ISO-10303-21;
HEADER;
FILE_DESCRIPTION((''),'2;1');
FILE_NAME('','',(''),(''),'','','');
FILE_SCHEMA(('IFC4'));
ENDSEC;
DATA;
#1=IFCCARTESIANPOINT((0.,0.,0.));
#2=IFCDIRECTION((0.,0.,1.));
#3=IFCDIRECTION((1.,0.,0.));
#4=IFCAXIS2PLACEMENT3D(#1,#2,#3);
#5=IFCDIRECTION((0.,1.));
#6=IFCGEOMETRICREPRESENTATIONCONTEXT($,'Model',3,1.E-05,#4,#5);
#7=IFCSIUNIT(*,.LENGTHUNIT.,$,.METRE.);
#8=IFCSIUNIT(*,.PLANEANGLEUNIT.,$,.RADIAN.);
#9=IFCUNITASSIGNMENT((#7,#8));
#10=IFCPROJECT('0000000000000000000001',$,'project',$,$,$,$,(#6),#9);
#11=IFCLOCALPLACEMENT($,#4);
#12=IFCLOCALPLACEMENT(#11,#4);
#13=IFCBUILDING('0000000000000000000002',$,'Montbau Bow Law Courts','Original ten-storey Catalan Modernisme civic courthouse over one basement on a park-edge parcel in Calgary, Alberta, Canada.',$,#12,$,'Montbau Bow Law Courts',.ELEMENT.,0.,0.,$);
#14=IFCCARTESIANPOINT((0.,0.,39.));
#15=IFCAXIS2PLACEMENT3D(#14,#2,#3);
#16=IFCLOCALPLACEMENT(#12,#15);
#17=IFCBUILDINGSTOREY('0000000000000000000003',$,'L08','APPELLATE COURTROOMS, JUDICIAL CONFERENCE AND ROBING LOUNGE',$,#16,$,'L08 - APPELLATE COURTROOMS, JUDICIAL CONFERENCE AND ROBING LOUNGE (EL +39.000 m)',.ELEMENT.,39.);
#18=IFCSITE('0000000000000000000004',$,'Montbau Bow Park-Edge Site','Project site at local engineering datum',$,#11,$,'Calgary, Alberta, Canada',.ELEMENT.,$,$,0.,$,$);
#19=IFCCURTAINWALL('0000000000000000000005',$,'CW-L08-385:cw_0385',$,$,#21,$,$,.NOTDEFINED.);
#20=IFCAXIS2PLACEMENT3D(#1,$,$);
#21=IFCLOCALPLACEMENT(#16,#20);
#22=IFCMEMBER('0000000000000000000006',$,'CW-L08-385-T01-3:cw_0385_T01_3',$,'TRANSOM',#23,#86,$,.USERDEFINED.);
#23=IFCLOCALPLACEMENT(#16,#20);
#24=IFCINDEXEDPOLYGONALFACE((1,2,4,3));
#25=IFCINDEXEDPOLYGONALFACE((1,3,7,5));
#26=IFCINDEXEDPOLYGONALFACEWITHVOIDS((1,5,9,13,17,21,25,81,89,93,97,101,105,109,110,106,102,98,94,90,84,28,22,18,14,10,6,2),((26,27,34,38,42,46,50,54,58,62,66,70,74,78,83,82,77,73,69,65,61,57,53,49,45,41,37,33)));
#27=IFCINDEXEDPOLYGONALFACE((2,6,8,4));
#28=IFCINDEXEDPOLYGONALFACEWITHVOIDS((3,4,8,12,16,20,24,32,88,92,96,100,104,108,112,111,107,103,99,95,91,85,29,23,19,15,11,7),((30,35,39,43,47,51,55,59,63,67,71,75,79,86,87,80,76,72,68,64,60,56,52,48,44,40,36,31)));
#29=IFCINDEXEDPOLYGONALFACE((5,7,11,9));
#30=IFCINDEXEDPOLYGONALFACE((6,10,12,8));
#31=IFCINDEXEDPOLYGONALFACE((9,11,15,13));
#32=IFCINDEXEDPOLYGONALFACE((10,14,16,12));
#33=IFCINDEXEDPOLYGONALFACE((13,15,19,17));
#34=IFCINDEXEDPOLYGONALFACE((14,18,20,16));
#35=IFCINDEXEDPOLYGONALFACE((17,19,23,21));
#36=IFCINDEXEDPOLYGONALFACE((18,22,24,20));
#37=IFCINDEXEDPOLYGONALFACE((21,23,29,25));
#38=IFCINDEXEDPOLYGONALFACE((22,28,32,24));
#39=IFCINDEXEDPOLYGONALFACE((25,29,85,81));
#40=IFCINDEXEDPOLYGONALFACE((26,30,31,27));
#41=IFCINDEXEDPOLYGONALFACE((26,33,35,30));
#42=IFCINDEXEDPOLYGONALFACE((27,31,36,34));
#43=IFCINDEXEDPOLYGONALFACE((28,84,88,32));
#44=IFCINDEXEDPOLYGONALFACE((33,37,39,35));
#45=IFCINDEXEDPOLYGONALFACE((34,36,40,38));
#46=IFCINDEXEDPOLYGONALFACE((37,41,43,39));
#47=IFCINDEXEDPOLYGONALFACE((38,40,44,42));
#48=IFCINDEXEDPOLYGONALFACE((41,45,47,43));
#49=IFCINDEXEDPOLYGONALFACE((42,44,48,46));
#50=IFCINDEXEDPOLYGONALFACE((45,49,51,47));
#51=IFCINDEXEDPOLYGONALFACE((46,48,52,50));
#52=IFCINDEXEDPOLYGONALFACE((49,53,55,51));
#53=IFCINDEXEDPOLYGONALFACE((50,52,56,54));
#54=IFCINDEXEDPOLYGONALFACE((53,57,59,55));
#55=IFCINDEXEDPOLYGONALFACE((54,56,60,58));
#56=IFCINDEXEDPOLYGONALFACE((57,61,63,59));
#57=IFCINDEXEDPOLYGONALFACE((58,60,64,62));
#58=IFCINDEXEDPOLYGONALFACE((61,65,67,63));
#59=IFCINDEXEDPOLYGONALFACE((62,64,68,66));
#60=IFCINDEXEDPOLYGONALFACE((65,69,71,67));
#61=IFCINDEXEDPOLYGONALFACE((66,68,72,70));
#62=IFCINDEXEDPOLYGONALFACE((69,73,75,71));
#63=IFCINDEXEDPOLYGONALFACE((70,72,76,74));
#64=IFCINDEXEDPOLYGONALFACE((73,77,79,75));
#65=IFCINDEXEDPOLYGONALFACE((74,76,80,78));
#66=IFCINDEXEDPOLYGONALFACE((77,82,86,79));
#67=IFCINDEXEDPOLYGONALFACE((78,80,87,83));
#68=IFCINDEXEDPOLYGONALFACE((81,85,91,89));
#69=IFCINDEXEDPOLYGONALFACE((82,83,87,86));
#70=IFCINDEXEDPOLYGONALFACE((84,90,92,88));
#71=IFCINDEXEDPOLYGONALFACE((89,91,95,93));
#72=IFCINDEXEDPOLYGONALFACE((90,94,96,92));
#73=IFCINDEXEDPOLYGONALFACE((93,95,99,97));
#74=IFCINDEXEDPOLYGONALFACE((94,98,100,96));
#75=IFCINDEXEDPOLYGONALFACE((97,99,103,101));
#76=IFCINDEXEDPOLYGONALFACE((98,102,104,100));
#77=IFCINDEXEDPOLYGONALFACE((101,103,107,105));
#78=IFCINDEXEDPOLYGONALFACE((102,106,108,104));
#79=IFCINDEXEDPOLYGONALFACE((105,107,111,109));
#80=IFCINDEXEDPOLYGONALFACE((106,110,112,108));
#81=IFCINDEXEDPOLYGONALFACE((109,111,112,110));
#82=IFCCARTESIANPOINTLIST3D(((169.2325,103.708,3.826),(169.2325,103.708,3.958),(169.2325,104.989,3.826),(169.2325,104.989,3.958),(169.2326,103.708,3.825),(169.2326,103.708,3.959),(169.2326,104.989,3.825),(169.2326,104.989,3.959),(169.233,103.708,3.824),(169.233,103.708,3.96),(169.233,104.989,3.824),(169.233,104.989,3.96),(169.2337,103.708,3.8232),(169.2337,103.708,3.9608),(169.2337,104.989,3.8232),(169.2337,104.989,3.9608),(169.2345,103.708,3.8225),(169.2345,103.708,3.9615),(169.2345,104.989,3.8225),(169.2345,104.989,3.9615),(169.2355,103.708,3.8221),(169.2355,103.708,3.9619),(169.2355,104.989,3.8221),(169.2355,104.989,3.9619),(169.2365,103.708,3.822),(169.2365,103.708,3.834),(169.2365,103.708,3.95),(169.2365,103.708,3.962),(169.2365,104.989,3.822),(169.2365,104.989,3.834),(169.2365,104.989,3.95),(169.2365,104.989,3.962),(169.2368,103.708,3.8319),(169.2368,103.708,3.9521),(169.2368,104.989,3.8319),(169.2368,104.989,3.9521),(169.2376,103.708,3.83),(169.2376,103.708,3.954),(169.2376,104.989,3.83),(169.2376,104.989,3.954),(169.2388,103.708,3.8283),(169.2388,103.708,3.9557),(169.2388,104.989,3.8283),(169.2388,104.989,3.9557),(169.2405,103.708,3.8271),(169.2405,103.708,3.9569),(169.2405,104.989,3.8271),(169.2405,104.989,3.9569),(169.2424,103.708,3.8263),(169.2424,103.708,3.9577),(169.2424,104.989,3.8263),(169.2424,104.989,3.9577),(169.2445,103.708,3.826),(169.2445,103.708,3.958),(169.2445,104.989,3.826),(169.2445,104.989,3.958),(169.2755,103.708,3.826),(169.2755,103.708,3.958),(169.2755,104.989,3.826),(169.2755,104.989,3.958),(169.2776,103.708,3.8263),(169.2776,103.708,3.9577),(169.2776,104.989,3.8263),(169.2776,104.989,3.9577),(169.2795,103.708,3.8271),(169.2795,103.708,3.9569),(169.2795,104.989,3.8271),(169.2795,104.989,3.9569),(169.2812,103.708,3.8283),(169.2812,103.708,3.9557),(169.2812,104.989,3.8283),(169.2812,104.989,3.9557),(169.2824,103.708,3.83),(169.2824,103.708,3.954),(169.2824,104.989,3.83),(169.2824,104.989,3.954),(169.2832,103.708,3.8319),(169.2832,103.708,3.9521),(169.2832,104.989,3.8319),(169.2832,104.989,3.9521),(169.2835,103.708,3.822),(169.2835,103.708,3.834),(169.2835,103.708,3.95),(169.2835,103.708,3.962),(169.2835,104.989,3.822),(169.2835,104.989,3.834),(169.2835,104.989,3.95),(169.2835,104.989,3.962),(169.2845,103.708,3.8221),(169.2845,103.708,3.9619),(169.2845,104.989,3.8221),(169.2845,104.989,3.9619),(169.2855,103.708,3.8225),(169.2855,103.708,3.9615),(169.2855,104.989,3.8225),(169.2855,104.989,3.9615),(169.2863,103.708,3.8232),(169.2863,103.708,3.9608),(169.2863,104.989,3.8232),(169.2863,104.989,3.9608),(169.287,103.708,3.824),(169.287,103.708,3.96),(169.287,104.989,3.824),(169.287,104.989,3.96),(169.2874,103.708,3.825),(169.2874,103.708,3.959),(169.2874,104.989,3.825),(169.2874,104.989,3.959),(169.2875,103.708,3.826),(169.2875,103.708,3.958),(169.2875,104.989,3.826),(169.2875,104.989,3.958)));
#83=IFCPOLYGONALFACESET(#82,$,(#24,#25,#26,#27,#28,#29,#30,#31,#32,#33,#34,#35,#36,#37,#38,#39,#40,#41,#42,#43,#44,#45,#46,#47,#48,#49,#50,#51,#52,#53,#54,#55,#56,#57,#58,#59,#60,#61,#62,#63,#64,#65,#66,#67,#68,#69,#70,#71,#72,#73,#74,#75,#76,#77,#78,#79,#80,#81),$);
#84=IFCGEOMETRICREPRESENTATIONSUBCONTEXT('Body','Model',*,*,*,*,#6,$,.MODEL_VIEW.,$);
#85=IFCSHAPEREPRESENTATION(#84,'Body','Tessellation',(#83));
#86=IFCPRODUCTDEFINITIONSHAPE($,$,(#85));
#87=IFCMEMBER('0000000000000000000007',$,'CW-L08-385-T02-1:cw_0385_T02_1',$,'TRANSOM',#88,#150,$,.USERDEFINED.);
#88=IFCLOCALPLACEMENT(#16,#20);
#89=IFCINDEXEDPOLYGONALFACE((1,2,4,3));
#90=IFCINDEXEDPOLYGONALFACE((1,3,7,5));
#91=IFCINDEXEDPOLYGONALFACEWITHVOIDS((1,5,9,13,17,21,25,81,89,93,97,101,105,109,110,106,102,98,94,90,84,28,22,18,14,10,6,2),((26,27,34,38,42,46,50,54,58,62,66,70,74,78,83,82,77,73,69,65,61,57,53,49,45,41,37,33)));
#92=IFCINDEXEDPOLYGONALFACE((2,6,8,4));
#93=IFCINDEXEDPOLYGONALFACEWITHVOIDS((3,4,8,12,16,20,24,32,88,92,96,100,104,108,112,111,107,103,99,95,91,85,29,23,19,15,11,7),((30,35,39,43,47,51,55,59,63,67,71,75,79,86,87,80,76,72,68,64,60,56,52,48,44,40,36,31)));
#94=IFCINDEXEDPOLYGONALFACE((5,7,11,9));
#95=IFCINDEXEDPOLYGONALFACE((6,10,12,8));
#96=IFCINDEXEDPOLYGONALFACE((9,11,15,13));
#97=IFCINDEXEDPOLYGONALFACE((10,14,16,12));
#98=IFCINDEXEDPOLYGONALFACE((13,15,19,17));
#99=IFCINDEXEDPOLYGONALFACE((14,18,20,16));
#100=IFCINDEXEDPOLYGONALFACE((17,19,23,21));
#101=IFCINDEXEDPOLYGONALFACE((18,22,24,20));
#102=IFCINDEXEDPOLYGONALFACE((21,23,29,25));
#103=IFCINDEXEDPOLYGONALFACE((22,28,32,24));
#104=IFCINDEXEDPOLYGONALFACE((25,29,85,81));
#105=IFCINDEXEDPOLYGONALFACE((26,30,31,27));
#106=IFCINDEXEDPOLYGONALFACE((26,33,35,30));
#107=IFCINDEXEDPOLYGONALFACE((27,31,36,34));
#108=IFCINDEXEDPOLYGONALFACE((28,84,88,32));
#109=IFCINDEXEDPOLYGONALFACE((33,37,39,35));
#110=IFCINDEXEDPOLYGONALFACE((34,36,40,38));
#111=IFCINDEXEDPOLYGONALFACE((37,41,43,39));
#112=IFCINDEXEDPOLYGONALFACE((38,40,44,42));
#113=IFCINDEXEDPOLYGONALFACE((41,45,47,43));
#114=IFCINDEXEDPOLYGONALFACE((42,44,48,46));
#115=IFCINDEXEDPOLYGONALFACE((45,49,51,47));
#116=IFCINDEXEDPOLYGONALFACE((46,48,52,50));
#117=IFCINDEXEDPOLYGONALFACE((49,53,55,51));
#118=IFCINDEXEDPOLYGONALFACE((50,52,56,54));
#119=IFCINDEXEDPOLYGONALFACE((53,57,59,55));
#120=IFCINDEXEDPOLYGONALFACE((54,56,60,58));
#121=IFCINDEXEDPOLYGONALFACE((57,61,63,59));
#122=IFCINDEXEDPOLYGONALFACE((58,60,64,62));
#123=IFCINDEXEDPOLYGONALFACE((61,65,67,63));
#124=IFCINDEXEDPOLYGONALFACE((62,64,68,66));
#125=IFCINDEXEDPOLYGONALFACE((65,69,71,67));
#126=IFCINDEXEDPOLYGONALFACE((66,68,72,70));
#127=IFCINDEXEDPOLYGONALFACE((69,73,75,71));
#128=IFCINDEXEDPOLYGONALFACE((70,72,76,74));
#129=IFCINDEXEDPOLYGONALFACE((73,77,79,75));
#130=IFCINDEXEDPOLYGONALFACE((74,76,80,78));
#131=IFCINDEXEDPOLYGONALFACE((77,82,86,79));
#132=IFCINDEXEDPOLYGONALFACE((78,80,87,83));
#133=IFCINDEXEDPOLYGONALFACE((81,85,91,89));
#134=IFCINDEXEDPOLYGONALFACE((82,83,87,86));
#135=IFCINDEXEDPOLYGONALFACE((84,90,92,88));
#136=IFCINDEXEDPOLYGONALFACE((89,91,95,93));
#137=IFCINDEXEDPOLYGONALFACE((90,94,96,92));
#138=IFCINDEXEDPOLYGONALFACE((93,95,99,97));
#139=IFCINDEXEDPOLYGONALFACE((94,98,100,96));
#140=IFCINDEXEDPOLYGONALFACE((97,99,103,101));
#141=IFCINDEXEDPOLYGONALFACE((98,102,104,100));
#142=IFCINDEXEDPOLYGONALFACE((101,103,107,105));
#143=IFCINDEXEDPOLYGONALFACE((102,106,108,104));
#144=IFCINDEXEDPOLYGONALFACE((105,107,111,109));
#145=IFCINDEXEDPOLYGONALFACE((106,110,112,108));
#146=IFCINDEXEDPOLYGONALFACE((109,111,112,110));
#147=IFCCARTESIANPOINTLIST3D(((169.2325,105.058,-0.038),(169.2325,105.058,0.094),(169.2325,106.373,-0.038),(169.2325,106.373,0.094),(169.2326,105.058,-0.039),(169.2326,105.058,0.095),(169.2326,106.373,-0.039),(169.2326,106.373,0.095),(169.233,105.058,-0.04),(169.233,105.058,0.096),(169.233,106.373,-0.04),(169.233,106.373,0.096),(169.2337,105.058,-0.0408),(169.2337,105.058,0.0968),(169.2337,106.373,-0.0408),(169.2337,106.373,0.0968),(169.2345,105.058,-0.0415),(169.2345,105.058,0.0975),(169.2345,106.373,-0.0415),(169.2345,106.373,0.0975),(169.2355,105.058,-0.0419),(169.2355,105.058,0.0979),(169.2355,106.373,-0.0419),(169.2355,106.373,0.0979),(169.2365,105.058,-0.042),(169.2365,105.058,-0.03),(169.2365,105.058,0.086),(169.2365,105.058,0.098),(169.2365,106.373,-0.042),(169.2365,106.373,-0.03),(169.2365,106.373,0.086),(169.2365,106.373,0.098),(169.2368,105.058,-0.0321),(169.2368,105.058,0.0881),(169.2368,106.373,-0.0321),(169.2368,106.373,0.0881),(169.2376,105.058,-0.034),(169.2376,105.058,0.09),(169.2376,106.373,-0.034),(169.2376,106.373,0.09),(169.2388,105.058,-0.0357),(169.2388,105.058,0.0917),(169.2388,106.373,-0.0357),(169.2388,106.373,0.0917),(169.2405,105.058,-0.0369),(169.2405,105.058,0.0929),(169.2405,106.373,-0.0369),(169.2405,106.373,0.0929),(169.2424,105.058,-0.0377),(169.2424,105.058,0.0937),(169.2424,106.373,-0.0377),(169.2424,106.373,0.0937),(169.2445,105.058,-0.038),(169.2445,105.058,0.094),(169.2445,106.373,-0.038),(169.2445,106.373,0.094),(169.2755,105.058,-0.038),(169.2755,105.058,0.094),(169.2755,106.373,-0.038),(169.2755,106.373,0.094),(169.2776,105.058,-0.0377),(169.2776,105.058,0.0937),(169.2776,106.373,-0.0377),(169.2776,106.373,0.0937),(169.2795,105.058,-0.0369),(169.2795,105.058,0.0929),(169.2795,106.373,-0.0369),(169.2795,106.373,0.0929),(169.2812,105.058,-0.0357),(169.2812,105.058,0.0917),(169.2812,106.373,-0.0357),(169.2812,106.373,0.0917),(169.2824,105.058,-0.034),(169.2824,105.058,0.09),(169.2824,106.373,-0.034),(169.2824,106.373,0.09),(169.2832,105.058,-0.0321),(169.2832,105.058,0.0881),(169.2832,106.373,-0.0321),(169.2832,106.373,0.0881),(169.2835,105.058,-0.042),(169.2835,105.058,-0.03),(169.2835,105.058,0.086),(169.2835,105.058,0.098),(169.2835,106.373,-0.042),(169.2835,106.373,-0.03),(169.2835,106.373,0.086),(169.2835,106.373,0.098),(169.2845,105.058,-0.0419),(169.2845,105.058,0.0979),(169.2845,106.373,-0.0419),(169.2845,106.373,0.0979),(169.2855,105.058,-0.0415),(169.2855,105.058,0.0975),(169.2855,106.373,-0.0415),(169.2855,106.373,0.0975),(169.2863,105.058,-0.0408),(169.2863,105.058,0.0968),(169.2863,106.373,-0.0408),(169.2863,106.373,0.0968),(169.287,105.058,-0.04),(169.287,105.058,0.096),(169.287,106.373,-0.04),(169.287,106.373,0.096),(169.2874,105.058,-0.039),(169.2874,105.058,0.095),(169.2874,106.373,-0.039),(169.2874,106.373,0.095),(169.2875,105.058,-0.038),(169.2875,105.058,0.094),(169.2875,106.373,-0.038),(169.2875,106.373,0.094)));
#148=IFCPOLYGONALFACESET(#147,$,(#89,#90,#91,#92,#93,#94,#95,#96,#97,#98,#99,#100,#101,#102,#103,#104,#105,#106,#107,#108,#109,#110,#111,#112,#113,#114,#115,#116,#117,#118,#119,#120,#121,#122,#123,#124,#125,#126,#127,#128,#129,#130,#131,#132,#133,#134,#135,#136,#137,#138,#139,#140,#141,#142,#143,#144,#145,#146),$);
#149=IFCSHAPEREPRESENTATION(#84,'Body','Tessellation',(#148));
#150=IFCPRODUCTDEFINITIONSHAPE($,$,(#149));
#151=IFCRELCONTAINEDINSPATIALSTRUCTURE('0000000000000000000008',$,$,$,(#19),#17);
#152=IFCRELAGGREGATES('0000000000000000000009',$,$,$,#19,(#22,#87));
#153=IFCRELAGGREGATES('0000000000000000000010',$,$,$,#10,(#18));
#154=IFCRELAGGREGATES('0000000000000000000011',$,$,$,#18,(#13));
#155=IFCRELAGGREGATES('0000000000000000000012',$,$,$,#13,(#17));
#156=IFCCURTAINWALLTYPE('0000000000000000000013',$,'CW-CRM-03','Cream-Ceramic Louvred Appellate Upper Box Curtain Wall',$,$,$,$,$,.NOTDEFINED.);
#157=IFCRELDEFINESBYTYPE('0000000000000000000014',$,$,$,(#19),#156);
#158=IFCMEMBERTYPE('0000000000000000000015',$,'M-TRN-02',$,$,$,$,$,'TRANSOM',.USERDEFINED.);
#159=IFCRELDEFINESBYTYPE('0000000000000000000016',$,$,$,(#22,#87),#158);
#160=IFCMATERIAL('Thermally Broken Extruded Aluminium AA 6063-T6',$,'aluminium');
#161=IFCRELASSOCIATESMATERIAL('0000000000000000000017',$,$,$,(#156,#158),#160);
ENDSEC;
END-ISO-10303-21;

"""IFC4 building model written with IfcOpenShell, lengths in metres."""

from ifc_helpers import new_model, si_unit, direction, frame, origin_with_axes, origin_2d_with_axis, place, context, subcontext, project, spatial, hollow_rectangle, extrude, material, material_profile, profile_set, type_object, element, aggregate, save


model = new_model("IFC4")

# Units and contexts
model_context = context("Model", 3, precision=1e-05, world=origin_with_axes(), true_north=direction((0.0, 1.0)))
body_context = subcontext(model_context, "Body", "Model", "MODEL_VIEW")
ifc_project = project(units=[si_unit("LENGTHUNIT", "METRE"), si_unit("PLANEANGLEUNIT", "RADIAN")], contexts=[model_context])

# Site, building, storey
site_placement = place(None, origin_with_axes())
site = spatial("IfcSite", under=ifc_project, at=site_placement, Name="Montbau Bow Park-Edge Site", Description="Project site at local engineering datum", LongName="Calgary, Alberta, Canada", CompositionType="ELEMENT", RefElevation=0.0)
building_placement = place(site_placement, origin_with_axes())
building = spatial("IfcBuilding", under=site, at=building_placement, Name="Montbau Bow Law Courts", Description="Original ten-storey Catalan Modernisme civic courthouse over one basement on a park-edge parcel in Calgary, Alberta, Canada.", LongName="Montbau Bow Law Courts", CompositionType="ELEMENT", ElevationOfRefHeight=0.0, ElevationOfTerrain=0.0)
storey_placement = place(building_placement, frame((0.0, 0.0, 39.0), z_axis=(0.0, 0.0, 1.0), x_axis=(1.0, 0.0, 0.0)))
storey = spatial("IfcBuildingStorey", under=building, at=storey_placement, Name="L08", Description="APPELLATE COURTROOMS, JUDICIAL CONFERENCE AND ROBING LOUNGE", LongName="L08 - APPELLATE COURTROOMS, JUDICIAL CONFERENCE AND ROBING LOUNGE (EL +39.000 m)", CompositionType="ELEMENT", Elevation=39.0)

# Curtain wall
ifc_material_1 = material(Name="Thermally Broken Extruded Aluminium AA 6063-T6", Category="aluminium")
curtain_wall_type = type_object("IfcCurtainWallType", Name="CW-CRM-03", Description="Cream-Ceramic Louvred Appellate Upper Box Curtain Wall", PredefinedType="NOTDEFINED", material=ifc_material_1)
curtain_wall_placement = place(None, frame((169.26, 103.64, 39.0), z_axis=(0.0, 0.0, 1.0), x_axis=(1.0, 0.0, 0.0)))
curtain_wall = element("IfcCurtainWall", 1, at=curtain_wall_placement, inside=storey, type_object=curtain_wall_type, Name="CW-L08-385:cw_0385", PredefinedType="NOTDEFINED")

# Members
ifc_material_profile_1 = material_profile(ifc_material_1, hollow_rectangle(XDim=0.055, YDim=0.14, WallThickness=0.004, InnerFilletRadius=0.008, OuterFilletRadius=0.004, at=origin_2d_with_axis()), Name="CWT-140X55", Category="Main", Priority=0)
ifc_profile_set_1 = profile_set([ifc_material_profile_1], Name="Thermally Broken Extruded Aluminium AA 6063-T6")
member_type_1 = type_object("IfcMemberType", Name="M-TRN-02", ElementType="TRANSOM", PredefinedType="USERDEFINED", material=ifc_profile_set_1)
member_1_placement = place(None, frame((169.26, 103.708, 42.892), z_axis=(0.0, 1.0, 0.0), x_axis=(-1.0, 0.0, 0.0)))
member_1 = element("IfcMember", 2, at=member_1_placement, type_object=member_type_1, Name="CW-L08-385-T01-3:cw_0385_T01_3", ObjectType="TRANSOM", PredefinedType="USERDEFINED", context=body_context, shape_type="SweptSolid", body=[
    extrude(hollow_rectangle(XDim=0.055, YDim=0.14, WallThickness=0.004, InnerFilletRadius=0.008, OuterFilletRadius=0.004, at=origin_2d_with_axis()), origin_with_axes(), (0.0, 0.0, 1.0), 1.281),
])
member_2_placement = place(None, frame((169.26, 105.058, 39.028), z_axis=(0.0, 1.0, 0.0), x_axis=(-1.0, 0.0, 0.0)))
member_2 = element("IfcMember", 3, at=member_2_placement, type_object=member_type_1, Name="CW-L08-385-T02-1:cw_0385_T02_1", ObjectType="TRANSOM", PredefinedType="USERDEFINED", context=body_context, shape_type="SweptSolid", body=[
    extrude(hollow_rectangle(XDim=0.055, YDim=0.14, WallThickness=0.004, InnerFilletRadius=0.008, OuterFilletRadius=0.004, at=origin_2d_with_axis()), origin_with_axes(), (0.0, 0.0, 1.0), 1.315),
])

aggregate(curtain_wall, [member_1, member_2])

save(model, "model.ifc")
